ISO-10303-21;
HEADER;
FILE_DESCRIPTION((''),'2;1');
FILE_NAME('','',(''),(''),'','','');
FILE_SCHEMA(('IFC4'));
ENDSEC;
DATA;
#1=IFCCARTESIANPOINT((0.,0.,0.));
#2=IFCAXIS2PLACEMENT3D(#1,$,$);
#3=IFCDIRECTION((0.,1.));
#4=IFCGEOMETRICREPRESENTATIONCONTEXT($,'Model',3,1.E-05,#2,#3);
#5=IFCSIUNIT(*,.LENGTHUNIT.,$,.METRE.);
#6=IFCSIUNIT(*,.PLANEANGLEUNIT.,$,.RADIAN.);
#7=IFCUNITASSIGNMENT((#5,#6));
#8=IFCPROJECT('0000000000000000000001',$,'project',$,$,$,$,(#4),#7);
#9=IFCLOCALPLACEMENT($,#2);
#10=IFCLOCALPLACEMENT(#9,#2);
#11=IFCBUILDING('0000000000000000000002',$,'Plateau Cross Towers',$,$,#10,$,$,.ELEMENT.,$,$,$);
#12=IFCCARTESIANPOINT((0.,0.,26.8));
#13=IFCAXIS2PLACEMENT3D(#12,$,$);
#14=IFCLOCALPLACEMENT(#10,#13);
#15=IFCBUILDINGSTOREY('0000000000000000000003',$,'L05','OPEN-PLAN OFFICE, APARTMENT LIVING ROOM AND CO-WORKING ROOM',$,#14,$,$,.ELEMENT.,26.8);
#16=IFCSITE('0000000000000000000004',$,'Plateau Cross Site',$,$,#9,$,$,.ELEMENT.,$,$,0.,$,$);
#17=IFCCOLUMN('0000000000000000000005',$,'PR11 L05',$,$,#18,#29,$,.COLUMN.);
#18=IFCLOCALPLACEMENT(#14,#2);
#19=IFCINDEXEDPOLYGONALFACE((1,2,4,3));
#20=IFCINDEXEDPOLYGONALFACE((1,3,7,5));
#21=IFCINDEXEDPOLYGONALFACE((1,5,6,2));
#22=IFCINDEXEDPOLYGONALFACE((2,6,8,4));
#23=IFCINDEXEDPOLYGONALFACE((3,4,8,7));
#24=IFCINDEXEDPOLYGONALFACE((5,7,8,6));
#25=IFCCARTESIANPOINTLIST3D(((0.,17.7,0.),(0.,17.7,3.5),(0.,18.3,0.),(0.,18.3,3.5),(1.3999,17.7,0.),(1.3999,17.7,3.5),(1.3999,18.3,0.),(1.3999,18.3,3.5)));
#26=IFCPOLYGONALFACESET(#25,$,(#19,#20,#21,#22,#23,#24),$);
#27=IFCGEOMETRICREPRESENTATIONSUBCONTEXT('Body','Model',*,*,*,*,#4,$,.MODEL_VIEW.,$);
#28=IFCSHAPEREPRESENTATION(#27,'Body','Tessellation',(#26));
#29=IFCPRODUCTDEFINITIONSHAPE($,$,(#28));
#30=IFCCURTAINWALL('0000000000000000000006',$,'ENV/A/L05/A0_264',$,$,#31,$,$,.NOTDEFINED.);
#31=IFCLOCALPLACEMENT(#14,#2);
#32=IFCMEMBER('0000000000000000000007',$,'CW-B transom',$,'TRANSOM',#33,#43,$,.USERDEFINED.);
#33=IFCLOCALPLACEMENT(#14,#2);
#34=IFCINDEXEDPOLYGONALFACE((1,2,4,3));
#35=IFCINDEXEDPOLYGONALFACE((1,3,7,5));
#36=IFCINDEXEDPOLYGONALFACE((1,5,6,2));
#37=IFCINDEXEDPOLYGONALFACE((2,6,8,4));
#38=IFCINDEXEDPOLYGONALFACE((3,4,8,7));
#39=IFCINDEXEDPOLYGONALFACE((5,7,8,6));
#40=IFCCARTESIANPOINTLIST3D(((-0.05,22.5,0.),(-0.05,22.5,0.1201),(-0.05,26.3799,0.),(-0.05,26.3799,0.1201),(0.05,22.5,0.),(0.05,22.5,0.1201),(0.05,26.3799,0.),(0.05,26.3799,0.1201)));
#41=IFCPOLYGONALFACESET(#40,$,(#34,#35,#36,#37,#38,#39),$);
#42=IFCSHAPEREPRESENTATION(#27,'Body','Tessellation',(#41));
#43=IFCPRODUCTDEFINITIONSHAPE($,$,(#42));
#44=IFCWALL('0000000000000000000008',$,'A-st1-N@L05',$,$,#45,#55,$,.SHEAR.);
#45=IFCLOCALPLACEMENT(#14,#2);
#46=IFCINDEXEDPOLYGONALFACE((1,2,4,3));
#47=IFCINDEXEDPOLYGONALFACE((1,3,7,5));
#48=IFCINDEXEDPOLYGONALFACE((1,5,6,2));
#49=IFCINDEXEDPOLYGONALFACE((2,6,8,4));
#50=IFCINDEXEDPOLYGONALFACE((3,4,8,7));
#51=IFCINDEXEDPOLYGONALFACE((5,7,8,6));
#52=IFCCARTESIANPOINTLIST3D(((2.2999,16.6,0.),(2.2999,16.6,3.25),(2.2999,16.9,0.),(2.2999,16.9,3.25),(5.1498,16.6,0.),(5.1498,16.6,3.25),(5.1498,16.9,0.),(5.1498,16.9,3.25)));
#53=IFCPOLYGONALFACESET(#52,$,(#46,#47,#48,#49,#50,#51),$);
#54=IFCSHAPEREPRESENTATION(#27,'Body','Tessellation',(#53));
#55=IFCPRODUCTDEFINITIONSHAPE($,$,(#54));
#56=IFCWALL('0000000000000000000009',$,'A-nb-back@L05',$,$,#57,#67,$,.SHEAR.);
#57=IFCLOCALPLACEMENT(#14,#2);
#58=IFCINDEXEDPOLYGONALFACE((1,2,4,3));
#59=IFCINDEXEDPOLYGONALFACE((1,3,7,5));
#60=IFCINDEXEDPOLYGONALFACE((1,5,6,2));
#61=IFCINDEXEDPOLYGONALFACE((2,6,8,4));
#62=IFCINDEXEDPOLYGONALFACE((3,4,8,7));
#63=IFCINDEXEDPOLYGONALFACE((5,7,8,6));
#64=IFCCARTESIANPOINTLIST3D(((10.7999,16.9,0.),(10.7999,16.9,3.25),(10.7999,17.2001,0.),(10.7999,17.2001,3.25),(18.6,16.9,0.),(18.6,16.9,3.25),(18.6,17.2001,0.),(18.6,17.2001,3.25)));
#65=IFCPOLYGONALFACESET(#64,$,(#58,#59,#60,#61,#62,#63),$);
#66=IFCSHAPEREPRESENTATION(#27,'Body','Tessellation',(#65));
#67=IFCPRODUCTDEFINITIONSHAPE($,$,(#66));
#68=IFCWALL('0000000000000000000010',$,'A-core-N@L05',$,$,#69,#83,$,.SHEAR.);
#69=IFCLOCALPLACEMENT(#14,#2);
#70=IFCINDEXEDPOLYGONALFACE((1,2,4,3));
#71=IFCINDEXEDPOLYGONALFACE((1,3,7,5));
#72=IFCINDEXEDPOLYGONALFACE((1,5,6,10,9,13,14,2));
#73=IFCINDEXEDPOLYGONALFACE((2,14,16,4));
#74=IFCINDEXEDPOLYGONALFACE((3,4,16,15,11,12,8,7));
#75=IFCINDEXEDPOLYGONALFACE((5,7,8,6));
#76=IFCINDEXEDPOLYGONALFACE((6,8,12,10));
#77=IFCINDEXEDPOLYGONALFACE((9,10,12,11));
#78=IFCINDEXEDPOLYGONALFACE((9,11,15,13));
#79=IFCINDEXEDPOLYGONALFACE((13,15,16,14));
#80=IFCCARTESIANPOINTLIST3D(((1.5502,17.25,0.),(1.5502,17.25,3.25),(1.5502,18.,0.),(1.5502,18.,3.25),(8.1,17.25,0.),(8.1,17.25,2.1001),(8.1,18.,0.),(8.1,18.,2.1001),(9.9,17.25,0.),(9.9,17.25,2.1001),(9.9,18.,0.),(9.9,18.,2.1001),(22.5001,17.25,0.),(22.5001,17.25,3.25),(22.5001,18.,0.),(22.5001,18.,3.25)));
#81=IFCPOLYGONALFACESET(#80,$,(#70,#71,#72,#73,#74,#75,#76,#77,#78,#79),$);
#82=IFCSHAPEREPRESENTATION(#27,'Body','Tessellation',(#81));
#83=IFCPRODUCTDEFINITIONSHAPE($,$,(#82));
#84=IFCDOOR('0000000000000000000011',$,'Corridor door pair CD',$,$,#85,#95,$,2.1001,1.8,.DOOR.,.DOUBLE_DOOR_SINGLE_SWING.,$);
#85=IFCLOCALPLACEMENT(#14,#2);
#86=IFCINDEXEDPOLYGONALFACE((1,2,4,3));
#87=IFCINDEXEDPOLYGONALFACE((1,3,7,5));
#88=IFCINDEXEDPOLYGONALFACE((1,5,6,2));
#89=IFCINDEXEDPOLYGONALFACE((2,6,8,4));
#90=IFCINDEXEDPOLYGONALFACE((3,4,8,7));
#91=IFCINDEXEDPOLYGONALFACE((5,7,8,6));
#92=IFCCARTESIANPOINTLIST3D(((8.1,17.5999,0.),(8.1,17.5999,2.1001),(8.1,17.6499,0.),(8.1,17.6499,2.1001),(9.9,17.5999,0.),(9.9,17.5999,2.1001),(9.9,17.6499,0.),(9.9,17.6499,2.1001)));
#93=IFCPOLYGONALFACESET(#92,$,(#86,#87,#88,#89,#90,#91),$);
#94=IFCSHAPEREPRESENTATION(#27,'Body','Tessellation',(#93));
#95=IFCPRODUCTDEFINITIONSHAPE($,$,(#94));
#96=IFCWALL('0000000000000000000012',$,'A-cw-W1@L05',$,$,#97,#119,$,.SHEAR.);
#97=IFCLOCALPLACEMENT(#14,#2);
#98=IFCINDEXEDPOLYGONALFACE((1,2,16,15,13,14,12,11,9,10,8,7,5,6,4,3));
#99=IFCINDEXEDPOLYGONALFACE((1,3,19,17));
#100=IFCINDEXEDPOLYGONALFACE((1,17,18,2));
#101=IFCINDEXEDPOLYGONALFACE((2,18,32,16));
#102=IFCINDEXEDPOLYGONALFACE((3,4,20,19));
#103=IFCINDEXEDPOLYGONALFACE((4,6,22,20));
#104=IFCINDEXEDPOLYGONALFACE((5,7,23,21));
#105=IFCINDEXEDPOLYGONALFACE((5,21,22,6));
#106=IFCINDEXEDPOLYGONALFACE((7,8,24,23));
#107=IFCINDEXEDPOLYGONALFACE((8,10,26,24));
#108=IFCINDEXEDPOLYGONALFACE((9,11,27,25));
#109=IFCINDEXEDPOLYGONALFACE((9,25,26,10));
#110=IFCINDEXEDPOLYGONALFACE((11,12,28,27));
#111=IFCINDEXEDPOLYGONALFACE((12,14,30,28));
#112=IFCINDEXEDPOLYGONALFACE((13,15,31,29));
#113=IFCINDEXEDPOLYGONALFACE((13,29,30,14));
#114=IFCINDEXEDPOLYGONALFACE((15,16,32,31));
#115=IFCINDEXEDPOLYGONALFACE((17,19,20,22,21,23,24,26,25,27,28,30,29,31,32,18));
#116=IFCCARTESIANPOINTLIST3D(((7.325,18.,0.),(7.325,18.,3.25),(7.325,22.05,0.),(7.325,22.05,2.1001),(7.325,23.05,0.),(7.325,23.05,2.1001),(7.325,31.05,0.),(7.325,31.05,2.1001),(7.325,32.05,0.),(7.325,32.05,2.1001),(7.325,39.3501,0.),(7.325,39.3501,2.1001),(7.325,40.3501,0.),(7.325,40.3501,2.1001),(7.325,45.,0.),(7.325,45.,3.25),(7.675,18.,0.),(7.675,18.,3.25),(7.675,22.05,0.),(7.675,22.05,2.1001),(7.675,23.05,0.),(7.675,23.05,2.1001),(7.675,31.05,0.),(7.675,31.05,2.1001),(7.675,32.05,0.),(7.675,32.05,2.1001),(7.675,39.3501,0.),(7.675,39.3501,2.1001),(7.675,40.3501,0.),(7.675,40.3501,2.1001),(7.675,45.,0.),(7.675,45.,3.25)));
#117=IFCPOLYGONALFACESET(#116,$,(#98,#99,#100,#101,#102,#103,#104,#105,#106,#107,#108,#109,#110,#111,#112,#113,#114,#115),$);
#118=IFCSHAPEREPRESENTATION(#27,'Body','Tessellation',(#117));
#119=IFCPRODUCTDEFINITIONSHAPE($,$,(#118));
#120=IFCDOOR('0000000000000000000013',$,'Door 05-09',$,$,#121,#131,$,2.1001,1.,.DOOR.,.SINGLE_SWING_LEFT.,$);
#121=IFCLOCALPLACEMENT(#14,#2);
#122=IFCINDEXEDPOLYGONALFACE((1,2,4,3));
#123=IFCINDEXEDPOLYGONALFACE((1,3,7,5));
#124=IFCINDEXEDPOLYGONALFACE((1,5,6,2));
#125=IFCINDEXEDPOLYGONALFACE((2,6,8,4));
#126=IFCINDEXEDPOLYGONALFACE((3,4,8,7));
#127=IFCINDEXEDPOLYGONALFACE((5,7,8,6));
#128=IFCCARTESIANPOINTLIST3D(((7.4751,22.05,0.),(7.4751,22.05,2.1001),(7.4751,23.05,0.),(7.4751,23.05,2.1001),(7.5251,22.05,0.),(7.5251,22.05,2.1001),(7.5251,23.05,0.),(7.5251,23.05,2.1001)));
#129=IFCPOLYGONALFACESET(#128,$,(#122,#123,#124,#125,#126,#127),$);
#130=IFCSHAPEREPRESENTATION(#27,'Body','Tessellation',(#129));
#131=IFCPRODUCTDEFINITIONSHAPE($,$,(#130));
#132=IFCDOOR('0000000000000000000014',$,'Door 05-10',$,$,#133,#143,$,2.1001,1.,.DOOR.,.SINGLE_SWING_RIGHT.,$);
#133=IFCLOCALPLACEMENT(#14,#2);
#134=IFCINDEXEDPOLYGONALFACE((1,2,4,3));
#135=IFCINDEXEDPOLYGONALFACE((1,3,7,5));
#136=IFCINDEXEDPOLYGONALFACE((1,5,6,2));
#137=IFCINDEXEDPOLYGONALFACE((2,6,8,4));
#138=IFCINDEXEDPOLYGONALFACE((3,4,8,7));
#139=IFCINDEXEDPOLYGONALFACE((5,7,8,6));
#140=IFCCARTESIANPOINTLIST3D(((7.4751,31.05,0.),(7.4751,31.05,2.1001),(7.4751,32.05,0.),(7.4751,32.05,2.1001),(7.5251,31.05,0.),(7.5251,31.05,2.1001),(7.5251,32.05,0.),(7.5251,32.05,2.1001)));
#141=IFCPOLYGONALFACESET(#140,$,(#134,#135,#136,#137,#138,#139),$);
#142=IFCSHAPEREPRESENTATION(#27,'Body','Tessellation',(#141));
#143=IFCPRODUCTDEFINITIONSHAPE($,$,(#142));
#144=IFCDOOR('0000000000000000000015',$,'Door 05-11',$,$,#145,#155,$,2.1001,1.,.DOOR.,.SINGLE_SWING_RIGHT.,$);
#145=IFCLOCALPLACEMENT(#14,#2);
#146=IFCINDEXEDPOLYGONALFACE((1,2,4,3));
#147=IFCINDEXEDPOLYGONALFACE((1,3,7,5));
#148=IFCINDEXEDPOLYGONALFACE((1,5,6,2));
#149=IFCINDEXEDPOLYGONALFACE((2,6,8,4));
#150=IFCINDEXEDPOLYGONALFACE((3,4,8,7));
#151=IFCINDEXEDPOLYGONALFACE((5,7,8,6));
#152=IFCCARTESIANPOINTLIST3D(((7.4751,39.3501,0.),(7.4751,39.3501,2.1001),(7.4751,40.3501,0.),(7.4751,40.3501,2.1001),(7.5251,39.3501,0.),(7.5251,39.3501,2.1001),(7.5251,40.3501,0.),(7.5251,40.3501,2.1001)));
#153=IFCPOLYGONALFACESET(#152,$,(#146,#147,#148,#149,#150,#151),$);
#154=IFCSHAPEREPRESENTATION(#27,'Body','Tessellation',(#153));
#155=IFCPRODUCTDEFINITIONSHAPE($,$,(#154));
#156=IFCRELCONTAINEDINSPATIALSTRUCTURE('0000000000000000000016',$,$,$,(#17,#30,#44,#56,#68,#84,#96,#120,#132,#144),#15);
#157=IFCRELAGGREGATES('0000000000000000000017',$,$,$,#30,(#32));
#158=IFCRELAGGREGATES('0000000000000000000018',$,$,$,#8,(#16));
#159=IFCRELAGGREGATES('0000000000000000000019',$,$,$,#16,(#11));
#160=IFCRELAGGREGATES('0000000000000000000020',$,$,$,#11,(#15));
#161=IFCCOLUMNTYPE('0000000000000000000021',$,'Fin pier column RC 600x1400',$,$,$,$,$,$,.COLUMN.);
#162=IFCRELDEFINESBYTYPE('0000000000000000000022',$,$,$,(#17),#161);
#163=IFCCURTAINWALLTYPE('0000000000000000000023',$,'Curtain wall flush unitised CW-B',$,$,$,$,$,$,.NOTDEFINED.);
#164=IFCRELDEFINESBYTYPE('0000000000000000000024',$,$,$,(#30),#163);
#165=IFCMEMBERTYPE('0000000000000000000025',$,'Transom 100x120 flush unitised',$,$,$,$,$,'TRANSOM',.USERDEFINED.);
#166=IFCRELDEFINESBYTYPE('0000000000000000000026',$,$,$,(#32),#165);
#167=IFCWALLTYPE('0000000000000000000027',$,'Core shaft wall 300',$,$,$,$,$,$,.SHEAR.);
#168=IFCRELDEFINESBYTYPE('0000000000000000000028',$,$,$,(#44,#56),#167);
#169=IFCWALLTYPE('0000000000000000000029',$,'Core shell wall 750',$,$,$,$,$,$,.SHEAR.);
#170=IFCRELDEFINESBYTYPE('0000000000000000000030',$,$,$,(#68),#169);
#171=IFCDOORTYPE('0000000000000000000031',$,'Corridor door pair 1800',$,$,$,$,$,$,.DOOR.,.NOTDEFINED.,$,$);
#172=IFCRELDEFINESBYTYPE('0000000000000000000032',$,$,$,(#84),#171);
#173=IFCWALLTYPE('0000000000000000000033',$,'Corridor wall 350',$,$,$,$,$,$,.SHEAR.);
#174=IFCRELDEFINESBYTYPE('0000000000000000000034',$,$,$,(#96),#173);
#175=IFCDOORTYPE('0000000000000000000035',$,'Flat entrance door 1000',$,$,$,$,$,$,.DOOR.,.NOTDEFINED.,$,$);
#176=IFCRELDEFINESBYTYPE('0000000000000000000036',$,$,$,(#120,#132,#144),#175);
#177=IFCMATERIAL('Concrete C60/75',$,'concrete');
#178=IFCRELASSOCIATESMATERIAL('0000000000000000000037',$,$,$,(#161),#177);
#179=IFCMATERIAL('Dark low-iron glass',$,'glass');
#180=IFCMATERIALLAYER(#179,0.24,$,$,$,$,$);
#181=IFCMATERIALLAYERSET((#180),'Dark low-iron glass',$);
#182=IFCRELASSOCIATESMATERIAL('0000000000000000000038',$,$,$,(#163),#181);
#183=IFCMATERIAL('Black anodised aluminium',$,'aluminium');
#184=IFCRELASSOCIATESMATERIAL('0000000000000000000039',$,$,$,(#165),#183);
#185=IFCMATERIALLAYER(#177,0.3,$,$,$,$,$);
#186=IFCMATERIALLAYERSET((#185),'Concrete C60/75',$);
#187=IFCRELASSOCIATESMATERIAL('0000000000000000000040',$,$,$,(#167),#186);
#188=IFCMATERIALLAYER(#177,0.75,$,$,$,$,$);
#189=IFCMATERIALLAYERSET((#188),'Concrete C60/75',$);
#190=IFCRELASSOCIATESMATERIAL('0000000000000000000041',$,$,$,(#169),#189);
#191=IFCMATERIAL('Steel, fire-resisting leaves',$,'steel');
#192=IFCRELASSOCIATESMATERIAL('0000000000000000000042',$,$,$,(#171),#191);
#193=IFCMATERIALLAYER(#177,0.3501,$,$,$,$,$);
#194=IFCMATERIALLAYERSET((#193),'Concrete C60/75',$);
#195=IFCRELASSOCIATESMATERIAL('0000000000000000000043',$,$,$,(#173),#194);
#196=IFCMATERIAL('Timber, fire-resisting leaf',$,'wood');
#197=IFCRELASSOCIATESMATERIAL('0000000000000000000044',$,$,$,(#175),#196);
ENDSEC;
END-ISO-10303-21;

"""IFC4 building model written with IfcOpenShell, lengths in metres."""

from ifc_helpers import new_model, si_unit, direction, frame, frame_2d, origin, origin_2d, place, context, subcontext, project, spatial, rectangle, extrude, material, layer, layer_set, material_profile, profile_set, type_object, element, fill, aggregate, save


model = new_model("IFC4")

# Units and contexts
model_context = context("Model", 3, precision=1e-05, world=origin(), true_north=direction((0.0, 1.0)))
body_context = subcontext(model_context, "Body", "Model", "MODEL_VIEW")
ifc_project = project(units=[si_unit("LENGTHUNIT", "METRE"), si_unit("PLANEANGLEUNIT", "RADIAN")], contexts=[model_context])

# Site, building, storey
site_placement = place(None, origin())
site = spatial("IfcSite", under=ifc_project, at=site_placement, Name="Plateau Cross Site", CompositionType="ELEMENT", RefElevation=0.0)
building_placement = place(site_placement, origin())
building = spatial("IfcBuilding", under=site, at=building_placement, Name="Plateau Cross Towers", CompositionType="ELEMENT")
storey_placement = place(building_placement, frame((0.0, 0.0, 26.8)))
storey = spatial("IfcBuildingStorey", under=building, at=storey_placement, Name="L05", Description="OPEN-PLAN OFFICE, APARTMENT LIVING ROOM AND CO-WORKING ROOM", CompositionType="ELEMENT", Elevation=26.8)

# Column
ifc_material_1 = material(Name="Concrete C60/75", Category="concrete")
ifc_material_profile_1 = material_profile(ifc_material_1, rectangle(XDim=0.6001, YDim=1.3999, at=origin_2d()), Name="RC 600x1400")
ifc_profile_set_1 = profile_set([ifc_material_profile_1], Name="Concrete C60/75")
column_type = type_object("IfcColumnType", Name="Fin pier column RC 600x1400", PredefinedType="COLUMN", material=ifc_profile_set_1)
column_placement = place(storey_placement, frame((0.7, 18.0, 0.0), z_axis=(0.0, 0.0, 1.0), x_axis=(0.0, 1.0, 0.0)))
element("IfcColumn", 1, at=column_placement, inside=storey, type_object=column_type, Name="PR11 L05", PredefinedType="COLUMN", context=body_context, shape_type="SweptSolid", body=[
    extrude(rectangle(XDim=0.6001, YDim=1.3999, at=origin_2d()), origin(), (0.0, 0.0, 1.0), 3.5),
])

# Curtain wall, member
ifc_material_2 = material(Name="Dark low-iron glass", Category="glass")
ifc_layer_1 = layer(ifc_material_2, 0.24)
ifc_layer_set_1 = layer_set([ifc_layer_1], Name="Dark low-iron glass")
curtain_wall_type = type_object("IfcCurtainWallType", Name="Curtain wall flush unitised CW-B", PredefinedType="NOTDEFINED", material=ifc_layer_set_1)
curtain_wall_placement = place(storey_placement, origin())
curtain_wall = element("IfcCurtainWall", 2, at=curtain_wall_placement, inside=storey, type_object=curtain_wall_type, Name="ENV/A/L05/A0_264", PredefinedType="NOTDEFINED")
ifc_material_3 = material(Name="Black anodised aluminium", Category="aluminium")
ifc_material_profile_2 = material_profile(ifc_material_3, rectangle(XDim=0.1001, YDim=0.1201, at=origin_2d()), Name="TRANSOM 100x120")
ifc_profile_set_2 = profile_set([ifc_material_profile_2], Name="Black anodised aluminium")
member_type = type_object("IfcMemberType", Name="Transom 100x120 flush unitised", ElementType="TRANSOM", PredefinedType="USERDEFINED", material=ifc_profile_set_2)
member_placement = place(storey_placement, frame((0.0, 26.3799, 0.0601), z_axis=(0.0, -1.0, 0.0), x_axis=(1.0, 0.0, 0.0)))
member = element("IfcMember", 3, at=member_placement, type_object=member_type, Name="CW-B transom", ObjectType="TRANSOM", PredefinedType="USERDEFINED", context=body_context, shape_type="SweptSolid", body=[
    extrude(rectangle(XDim=0.1001, YDim=0.1201, at=origin_2d()), origin(), (0.0, 0.0, 1.0), 3.8799),
])
aggregate(curtain_wall, [member])

# Walls
ifc_layer_2 = layer(ifc_material_1, 0.3)
ifc_layer_set_2 = layer_set([ifc_layer_2], Name="Concrete C60/75")
wall_type_1 = type_object("IfcWallType", Name="Core shaft wall 300", PredefinedType="SHEAR", material=ifc_layer_set_2)
wall_1_placement = place(storey_placement, frame((2.3, 16.75, 0.0), z_axis=(0.0, 0.0, 1.0), x_axis=(1.0, 0.0, 0.0)))
element("IfcWall", 4, at=wall_1_placement, inside=storey, type_object=wall_type_1, Name="A-st1-N@L05", PredefinedType="SHEAR", context=body_context, shape_type="SweptSolid", body=[
    extrude(rectangle(XDim=2.8499, YDim=0.3, at=frame_2d((1.4248, 0.0))), origin(), (0.0, 0.0, 1.0), 3.25),
])
wall_2_placement = place(storey_placement, frame((10.8, 17.05, 0.0), z_axis=(0.0, 0.0, 1.0), x_axis=(1.0, 0.0, 0.0)))
element("IfcWall", 5, at=wall_2_placement, inside=storey, type_object=wall_type_1, Name="A-nb-back@L05", PredefinedType="SHEAR", context=body_context, shape_type="SweptSolid", body=[
    extrude(rectangle(XDim=7.8, YDim=0.3, at=frame_2d((3.8999, 0.0))), origin(), (0.0, 0.0, 1.0), 3.25),
])

# Wall, opening, door
ifc_layer_3 = layer(ifc_material_1, 0.75)
ifc_layer_set_3 = layer_set([ifc_layer_3], Name="Concrete C60/75")
wall_type_2 = type_object("IfcWallType", Name="Core shell wall 750", PredefinedType="SHEAR", material=ifc_layer_set_3)
wall_3_placement = place(storey_placement, frame((1.55, 17.625, 0.0), z_axis=(0.0, 0.0, 1.0), x_axis=(1.0, 0.0, 0.0)))
wall_3 = element("IfcWall", 6, at=wall_3_placement, inside=storey, type_object=wall_type_2, Name="A-core-N@L05", PredefinedType="SHEAR", context=body_context, shape_type="SweptSolid", body=[
    extrude(rectangle(XDim=20.95, YDim=0.75, at=frame_2d((10.4751, 0.0))), origin(), (0.0, 0.0, 1.0), 3.25),
])
opening_1_placement = place(wall_3_placement, frame((6.55, 0.0, 0.0)))
opening_1 = element("IfcOpeningElement", 7, at=opening_1_placement, cuts=wall_3, PredefinedType="OPENING", context=body_context, shape_type="SweptSolid", body=[
    extrude(rectangle(XDim=1.8, YDim=2.1001, at=frame_2d((0.8999, 1.05))), frame((0.0, 0.385, 0.0), z_axis=(0.0, -1.0, 0.0), x_axis=(1.0, 0.0, 0.0)), (0.0, 0.0, 1.0), 0.77),
])
ifc_material_4 = material(Name="Steel, fire-resisting leaves", Category="steel")
door_type_1 = type_object("IfcDoorType", Name="Corridor door pair 1800", OperationType="NOTDEFINED", PredefinedType="DOOR", material=ifc_material_4)
door_1_placement = place(opening_1_placement, origin())
door_1 = element("IfcDoor", 8, at=door_1_placement, inside=storey, type_object=door_type_1, Name="Corridor door pair CD", OperationType="DOUBLE_DOOR_SINGLE_SWING", OverallHeight=2.1001, OverallWidth=1.8, PredefinedType="DOOR", context=body_context, shape_type="SweptSolid", body=[
    extrude(rectangle(XDim=1.8, YDim=2.1001, at=frame_2d((0.8999, 1.05))), frame((0.0, 0.0249, 0.0), z_axis=(0.0, -1.0, 0.0), x_axis=(1.0, 0.0, 0.0)), (0.0, 0.0, 1.0), 0.05),
])
fill(opening_1, door_1)

# Wall, openings, doors
ifc_layer_4 = layer(ifc_material_1, 0.3501)
ifc_layer_set_4 = layer_set([ifc_layer_4], Name="Concrete C60/75")
wall_type_3 = type_object("IfcWallType", Name="Corridor wall 350", PredefinedType="SHEAR", material=ifc_layer_set_4)
wall_4_placement = place(storey_placement, frame((7.5, 18.0, 0.0), z_axis=(0.0, 0.0, 1.0), x_axis=(0.0, 1.0, 0.0)))
wall_4 = element("IfcWall", 9, at=wall_4_placement, inside=storey, type_object=wall_type_3, Name="A-cw-W1@L05", PredefinedType="SHEAR", context=body_context, shape_type="SweptSolid", body=[
    extrude(rectangle(XDim=27.0, YDim=0.3501, at=frame_2d((13.5, 0.0))), origin(), (0.0, 0.0, 1.0), 3.25),
])
opening_2_placement = place(wall_4_placement, frame((4.05, 0.0, 0.0)))
opening_2 = element("IfcOpeningElement", 10, at=opening_2_placement, cuts=wall_4, PredefinedType="OPENING", context=body_context, shape_type="SweptSolid", body=[
    extrude(rectangle(XDim=1.0, YDim=2.1001, at=frame_2d((0.5, 1.05))), frame((0.0, 0.1851, 0.0), z_axis=(0.0, -1.0, 0.0), x_axis=(1.0, 0.0, 0.0)), (0.0, 0.0, 1.0), 0.3701),
])
opening_3_placement = place(wall_4_placement, frame((13.05, 0.0, 0.0)))
opening_3 = element("IfcOpeningElement", 11, at=opening_3_placement, cuts=wall_4, PredefinedType="OPENING", context=body_context, shape_type="SweptSolid", body=[
    extrude(rectangle(XDim=1.0, YDim=2.1001, at=frame_2d((0.5, 1.05))), frame((0.0, 0.1851, 0.0), z_axis=(0.0, -1.0, 0.0), x_axis=(1.0, 0.0, 0.0)), (0.0, 0.0, 1.0), 0.3701),
])
opening_4_placement = place(wall_4_placement, frame((21.3501, 0.0, 0.0)))
opening_4 = element("IfcOpeningElement", 12, at=opening_4_placement, cuts=wall_4, PredefinedType="OPENING", context=body_context, shape_type="SweptSolid", body=[
    extrude(rectangle(XDim=1.0, YDim=2.1001, at=frame_2d((0.5, 1.05))), frame((0.0, 0.1851, 0.0), z_axis=(0.0, -1.0, 0.0), x_axis=(1.0, 0.0, 0.0)), (0.0, 0.0, 1.0), 0.3701),
])
ifc_material_5 = material(Name="Timber, fire-resisting leaf", Category="wood")
door_type_2 = type_object("IfcDoorType", Name="Flat entrance door 1000", OperationType="NOTDEFINED", PredefinedType="DOOR", material=ifc_material_5)
door_2_placement = place(opening_2_placement, origin())
door_2 = element("IfcDoor", 13, at=door_2_placement, inside=storey, type_object=door_type_2, Name="Door 05-09", OperationType="SINGLE_SWING_LEFT", OverallHeight=2.1001, OverallWidth=1.0, PredefinedType="DOOR", context=body_context, shape_type="SweptSolid", body=[
    extrude(rectangle(XDim=1.0, YDim=2.1001, at=frame_2d((0.5, 1.05))), frame((0.0, 0.0249, 0.0), z_axis=(0.0, -1.0, 0.0), x_axis=(1.0, 0.0, 0.0)), (0.0, 0.0, 1.0), 0.05),
])
fill(opening_2, door_2)
door_3_placement = place(opening_3_placement, origin())
door_3 = element("IfcDoor", 14, at=door_3_placement, inside=storey, type_object=door_type_2, Name="Door 05-10", OperationType="SINGLE_SWING_RIGHT", OverallHeight=2.1001, OverallWidth=1.0, PredefinedType="DOOR", context=body_context, shape_type="SweptSolid", body=[
    extrude(rectangle(XDim=1.0, YDim=2.1001, at=frame_2d((0.5, 1.05))), frame((0.0, 0.0249, 0.0), z_axis=(0.0, -1.0, 0.0), x_axis=(1.0, 0.0, 0.0)), (0.0, 0.0, 1.0), 0.05),
])
fill(opening_3, door_3)
door_4_placement = place(opening_4_placement, origin())
door_4 = element("IfcDoor", 15, at=door_4_placement, inside=storey, type_object=door_type_2, Name="Door 05-11", OperationType="SINGLE_SWING_RIGHT", OverallHeight=2.1001, OverallWidth=1.0, PredefinedType="DOOR", context=body_context, shape_type="SweptSolid", body=[
    extrude(rectangle(XDim=1.0, YDim=2.1001, at=frame_2d((0.5, 1.05))), frame((0.0, 0.0249, 0.0), z_axis=(0.0, -1.0, 0.0), x_axis=(1.0, 0.0, 0.0)), (0.0, 0.0, 1.0), 0.05),
])
fill(opening_4, door_4)

save(model, "model.ifc")
